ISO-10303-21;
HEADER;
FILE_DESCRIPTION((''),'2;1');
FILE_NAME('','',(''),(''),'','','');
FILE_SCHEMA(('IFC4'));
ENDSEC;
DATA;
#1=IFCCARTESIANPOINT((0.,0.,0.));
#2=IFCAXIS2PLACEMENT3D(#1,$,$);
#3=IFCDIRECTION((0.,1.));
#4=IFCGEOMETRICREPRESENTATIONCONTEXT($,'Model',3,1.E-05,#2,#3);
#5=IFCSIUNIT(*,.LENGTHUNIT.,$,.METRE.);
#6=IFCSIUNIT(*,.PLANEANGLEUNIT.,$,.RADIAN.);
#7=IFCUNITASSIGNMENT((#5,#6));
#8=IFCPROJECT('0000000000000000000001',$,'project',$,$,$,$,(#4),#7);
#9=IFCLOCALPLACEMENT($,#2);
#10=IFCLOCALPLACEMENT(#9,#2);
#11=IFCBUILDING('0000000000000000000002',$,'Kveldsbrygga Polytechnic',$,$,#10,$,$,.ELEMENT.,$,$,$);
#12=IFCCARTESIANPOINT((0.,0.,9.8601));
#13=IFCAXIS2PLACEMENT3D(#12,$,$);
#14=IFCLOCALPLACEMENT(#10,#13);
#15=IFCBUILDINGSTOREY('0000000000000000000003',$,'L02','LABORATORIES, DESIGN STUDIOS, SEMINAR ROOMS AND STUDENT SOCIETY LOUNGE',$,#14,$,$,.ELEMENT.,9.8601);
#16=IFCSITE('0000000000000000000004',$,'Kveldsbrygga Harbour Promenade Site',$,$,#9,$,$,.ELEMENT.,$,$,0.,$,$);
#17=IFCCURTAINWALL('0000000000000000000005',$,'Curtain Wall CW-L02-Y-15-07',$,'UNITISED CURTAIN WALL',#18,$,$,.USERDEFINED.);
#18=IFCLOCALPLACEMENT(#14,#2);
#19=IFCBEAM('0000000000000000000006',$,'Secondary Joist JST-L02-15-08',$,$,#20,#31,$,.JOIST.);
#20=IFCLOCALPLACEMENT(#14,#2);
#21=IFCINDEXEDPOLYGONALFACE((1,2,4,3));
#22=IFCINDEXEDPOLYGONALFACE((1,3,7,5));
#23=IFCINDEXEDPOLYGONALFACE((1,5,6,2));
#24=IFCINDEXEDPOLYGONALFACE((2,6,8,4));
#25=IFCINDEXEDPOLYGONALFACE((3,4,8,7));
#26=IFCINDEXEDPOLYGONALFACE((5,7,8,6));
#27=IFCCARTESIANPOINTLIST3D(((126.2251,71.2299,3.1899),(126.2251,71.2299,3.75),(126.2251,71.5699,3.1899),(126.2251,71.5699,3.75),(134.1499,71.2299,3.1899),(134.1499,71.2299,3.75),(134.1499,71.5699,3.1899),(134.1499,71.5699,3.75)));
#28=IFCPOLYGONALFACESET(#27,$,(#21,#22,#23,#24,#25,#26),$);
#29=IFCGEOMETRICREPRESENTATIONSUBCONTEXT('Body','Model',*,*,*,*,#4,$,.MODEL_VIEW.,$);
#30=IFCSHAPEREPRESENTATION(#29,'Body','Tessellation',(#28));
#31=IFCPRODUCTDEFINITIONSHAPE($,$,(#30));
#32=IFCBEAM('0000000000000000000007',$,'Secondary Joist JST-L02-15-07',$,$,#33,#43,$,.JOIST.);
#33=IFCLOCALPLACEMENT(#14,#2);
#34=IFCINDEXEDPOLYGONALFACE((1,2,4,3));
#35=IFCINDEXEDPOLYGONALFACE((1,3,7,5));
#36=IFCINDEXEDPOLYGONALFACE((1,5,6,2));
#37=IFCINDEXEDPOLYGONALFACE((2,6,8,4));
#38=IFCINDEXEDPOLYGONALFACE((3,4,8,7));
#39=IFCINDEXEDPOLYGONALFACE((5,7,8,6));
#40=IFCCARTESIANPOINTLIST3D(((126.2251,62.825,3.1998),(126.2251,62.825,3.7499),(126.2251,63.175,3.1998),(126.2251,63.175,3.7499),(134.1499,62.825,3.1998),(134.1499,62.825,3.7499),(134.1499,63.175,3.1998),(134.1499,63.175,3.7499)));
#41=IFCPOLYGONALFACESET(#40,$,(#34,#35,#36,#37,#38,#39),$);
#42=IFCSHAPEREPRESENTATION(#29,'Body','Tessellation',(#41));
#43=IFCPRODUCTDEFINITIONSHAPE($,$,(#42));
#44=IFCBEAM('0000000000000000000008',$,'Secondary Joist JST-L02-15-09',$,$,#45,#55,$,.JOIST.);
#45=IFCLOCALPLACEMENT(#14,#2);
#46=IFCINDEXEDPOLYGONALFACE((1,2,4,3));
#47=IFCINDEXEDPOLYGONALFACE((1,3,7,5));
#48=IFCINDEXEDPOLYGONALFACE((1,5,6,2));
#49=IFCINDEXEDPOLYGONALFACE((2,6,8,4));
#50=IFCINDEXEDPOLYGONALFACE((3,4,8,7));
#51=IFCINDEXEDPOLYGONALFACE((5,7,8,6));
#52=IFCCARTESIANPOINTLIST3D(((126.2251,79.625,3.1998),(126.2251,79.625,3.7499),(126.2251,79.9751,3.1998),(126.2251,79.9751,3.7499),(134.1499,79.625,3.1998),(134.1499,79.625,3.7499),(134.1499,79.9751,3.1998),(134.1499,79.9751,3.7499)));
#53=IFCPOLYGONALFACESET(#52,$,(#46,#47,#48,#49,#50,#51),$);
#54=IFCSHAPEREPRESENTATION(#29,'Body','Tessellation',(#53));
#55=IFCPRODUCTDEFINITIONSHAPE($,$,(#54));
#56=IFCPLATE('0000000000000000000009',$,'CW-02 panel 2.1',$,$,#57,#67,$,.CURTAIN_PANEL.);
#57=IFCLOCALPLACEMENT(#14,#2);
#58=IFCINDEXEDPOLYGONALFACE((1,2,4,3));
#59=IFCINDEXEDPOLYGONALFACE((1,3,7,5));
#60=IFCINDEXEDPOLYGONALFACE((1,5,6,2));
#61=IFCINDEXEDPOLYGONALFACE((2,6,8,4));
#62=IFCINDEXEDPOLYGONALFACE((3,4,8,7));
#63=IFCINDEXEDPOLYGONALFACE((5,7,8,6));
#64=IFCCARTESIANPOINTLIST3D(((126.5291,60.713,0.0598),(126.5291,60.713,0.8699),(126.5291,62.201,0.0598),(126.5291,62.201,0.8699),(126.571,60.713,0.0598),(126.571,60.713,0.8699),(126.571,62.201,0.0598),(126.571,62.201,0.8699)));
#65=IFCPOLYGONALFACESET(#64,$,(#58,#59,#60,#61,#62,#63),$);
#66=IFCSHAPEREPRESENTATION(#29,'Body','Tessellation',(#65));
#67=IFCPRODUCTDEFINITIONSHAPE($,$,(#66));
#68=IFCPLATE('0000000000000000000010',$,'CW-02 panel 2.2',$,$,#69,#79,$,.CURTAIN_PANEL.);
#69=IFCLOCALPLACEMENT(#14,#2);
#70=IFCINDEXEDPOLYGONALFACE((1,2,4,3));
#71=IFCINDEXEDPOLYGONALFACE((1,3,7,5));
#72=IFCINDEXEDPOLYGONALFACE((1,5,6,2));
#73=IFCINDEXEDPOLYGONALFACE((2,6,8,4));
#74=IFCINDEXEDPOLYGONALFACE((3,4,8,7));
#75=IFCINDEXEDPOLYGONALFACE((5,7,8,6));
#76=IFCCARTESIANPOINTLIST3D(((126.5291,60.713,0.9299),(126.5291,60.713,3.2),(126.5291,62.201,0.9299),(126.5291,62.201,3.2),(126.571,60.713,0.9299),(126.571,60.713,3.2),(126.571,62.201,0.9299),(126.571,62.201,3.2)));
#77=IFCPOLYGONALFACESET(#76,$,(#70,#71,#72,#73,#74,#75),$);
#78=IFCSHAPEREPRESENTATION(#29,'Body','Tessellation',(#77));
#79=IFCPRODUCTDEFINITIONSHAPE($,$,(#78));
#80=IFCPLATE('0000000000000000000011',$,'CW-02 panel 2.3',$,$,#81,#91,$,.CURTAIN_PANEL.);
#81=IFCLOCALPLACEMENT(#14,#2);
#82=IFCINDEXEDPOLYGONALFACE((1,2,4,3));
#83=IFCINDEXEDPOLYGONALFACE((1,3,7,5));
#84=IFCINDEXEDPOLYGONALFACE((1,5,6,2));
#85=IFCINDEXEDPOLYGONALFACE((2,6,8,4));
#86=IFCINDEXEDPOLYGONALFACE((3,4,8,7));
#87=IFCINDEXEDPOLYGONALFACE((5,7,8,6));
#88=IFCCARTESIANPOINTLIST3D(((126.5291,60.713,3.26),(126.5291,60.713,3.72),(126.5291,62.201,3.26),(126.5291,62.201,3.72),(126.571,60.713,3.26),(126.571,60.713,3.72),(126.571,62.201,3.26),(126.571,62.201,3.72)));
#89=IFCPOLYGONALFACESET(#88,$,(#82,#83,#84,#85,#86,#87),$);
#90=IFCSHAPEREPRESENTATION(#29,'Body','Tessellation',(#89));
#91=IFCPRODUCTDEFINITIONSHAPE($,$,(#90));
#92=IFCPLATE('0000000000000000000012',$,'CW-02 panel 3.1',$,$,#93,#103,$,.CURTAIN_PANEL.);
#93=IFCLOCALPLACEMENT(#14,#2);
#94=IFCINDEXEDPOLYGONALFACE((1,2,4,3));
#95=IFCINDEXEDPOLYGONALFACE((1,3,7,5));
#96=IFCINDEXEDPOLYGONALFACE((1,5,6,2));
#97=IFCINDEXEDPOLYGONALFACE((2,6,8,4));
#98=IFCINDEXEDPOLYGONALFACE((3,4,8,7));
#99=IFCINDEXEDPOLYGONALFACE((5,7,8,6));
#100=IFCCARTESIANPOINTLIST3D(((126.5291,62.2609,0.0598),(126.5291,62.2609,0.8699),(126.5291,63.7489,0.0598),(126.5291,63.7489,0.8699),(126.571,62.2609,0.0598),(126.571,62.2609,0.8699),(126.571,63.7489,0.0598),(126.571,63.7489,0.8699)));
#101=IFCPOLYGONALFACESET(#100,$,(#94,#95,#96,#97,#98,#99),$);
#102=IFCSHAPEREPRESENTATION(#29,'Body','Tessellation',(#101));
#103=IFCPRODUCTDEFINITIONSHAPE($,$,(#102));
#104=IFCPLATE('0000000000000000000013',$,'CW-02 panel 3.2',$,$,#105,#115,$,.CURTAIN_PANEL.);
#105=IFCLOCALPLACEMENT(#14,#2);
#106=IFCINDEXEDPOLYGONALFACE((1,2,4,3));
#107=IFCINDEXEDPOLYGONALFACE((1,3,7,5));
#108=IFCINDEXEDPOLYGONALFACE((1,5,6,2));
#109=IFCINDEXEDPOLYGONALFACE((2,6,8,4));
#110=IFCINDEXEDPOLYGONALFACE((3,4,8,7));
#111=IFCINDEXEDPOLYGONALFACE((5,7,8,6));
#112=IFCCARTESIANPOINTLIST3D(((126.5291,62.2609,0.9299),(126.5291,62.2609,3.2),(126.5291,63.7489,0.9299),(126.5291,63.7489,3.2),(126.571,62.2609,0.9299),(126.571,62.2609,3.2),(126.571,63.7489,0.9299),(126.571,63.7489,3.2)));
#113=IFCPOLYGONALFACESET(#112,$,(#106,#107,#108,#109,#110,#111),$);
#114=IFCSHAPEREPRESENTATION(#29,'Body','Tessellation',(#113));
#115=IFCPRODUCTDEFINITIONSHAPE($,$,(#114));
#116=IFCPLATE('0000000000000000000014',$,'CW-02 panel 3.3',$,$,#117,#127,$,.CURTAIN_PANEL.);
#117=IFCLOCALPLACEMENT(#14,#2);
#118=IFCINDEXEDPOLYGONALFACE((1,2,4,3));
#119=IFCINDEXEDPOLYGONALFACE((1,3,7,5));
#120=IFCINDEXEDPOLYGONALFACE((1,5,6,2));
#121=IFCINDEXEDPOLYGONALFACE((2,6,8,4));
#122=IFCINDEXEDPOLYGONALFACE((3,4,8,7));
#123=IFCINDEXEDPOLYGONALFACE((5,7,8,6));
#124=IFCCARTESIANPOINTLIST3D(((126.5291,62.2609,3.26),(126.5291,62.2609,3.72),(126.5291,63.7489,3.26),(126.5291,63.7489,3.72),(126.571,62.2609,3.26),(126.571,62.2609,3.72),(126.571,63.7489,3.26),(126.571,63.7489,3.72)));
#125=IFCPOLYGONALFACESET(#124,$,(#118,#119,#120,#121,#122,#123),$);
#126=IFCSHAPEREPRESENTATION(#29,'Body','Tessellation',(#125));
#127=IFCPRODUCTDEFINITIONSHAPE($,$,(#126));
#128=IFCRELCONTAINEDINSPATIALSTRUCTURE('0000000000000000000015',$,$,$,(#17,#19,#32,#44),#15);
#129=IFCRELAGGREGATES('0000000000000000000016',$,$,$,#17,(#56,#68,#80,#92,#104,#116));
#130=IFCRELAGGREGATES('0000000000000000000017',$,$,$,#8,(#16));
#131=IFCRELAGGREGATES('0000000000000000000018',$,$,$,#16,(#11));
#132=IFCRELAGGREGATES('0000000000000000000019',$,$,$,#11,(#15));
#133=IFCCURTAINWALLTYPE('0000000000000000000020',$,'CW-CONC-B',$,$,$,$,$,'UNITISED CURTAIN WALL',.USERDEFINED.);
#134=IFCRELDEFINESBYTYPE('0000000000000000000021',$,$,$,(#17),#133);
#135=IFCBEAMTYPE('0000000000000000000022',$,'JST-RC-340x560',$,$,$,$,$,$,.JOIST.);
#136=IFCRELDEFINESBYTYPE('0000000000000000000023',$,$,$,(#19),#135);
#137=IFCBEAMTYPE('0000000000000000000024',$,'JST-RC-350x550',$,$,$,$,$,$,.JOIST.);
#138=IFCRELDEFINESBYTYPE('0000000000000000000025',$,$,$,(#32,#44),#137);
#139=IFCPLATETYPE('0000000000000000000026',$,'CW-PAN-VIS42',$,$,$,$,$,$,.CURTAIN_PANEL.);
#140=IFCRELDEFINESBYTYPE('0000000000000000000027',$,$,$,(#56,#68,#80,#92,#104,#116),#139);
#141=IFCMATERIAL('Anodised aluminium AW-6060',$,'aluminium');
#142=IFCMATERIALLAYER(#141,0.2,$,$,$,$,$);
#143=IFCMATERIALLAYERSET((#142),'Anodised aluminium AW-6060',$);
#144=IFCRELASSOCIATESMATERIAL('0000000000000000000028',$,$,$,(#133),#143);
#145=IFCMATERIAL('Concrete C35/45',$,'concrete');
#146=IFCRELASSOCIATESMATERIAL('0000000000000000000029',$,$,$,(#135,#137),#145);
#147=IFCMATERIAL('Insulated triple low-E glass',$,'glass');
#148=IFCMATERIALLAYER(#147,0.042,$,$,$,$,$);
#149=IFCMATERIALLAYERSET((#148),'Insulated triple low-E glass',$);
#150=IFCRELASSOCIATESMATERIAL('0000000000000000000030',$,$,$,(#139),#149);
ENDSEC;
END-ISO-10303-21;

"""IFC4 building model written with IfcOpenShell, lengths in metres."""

from ifc_helpers import new_model, si_unit, direction, frame, origin, origin_2d, place, context, subcontext, project, spatial, rectangle, extrude, material, layer, layer_set, material_profile, profile_set, type_object, element, aggregate, save


model = new_model("IFC4")

# Units and contexts
model_context = context("Model", 3, precision=1e-05, world=origin(), true_north=direction((0.0, 1.0)))
body_context = subcontext(model_context, "Body", "Model", "MODEL_VIEW")
ifc_project = project(units=[si_unit("LENGTHUNIT", "METRE"), si_unit("PLANEANGLEUNIT", "RADIAN")], contexts=[model_context])

# Site, building, storey
site_placement = place(None, origin())
site = spatial("IfcSite", under=ifc_project, at=site_placement, Name="Kveldsbrygga Harbour Promenade Site", CompositionType="ELEMENT", RefElevation=0.0)
building_placement = place(site_placement, origin())
building = spatial("IfcBuilding", under=site, at=building_placement, Name="Kveldsbrygga Polytechnic", CompositionType="ELEMENT")
storey_placement = place(building_placement, frame((0.0, 0.0, 9.8601)))
storey = spatial("IfcBuildingStorey", under=building, at=storey_placement, Name="L02", Description="LABORATORIES, DESIGN STUDIOS, SEMINAR ROOMS AND STUDENT SOCIETY LOUNGE", CompositionType="ELEMENT", Elevation=9.8601)

# Shared definitions
ifc_material_1 = material(Name="Concrete C35/45", Category="concrete")

# Curtain wall
ifc_material_2 = material(Name="Anodised aluminium AW-6060", Category="aluminium")
ifc_layer_1 = layer(ifc_material_2, 0.2)
ifc_layer_set_1 = layer_set([ifc_layer_1], Name="Anodised aluminium AW-6060")
curtain_wall_type = type_object("IfcCurtainWallType", Name="CW-CONC-B", ElementType="UNITISED CURTAIN WALL", PredefinedType="USERDEFINED", material=ifc_layer_set_1)
curtain_wall_placement = place(storey_placement, origin())
curtain_wall = element("IfcCurtainWall", 1, at=curtain_wall_placement, inside=storey, type_object=curtain_wall_type, Name="Curtain Wall CW-L02-Y-15-07", ObjectType="UNITISED CURTAIN WALL", PredefinedType="USERDEFINED")

# Beams
ifc_material_profile_1 = material_profile(ifc_material_1, rectangle(XDim=0.3401, YDim=0.5601, at=origin_2d()), Name="RC 340x560")
ifc_profile_set_1 = profile_set([ifc_material_profile_1], Name="Concrete C35/45")
beam_type_1 = type_object("IfcBeamType", Name="JST-RC-340x560", PredefinedType="JOIST", material=ifc_profile_set_1)
beam_1_placement = place(storey_placement, frame((126.2251, 71.3999, 3.47), z_axis=(1.0, 0.0, 0.0), x_axis=(0.0, 1.0, 0.0)))
element("IfcBeam", 2, at=beam_1_placement, inside=storey, type_object=beam_type_1, Name="Secondary Joist JST-L02-15-08", PredefinedType="JOIST", context=body_context, shape_type="SweptSolid", body=[
    extrude(rectangle(XDim=0.3401, YDim=0.5601, at=origin_2d()), origin(), (0.0, 0.0, 1.0), 7.9248),
])
ifc_material_profile_2 = material_profile(ifc_material_1, rectangle(XDim=0.3501, YDim=0.55, at=origin_2d()), Name="RC 350x550")
ifc_profile_set_2 = profile_set([ifc_material_profile_2], Name="Concrete C35/45")
beam_type_2 = type_object("IfcBeamType", Name="JST-RC-350x550", PredefinedType="JOIST", material=ifc_profile_set_2)
for number, where, z_axis, x_axis, name in (
    (3, (126.2251, 63.0, 3.4749), (1.0, 0.0, 0.0), (0.0, 1.0, 0.0), "Secondary Joist JST-L02-15-07"),
    (4, (126.2251, 79.8, 3.4749), (1.0, 0.0, 0.0), (0.0, 1.0, 0.0), "Secondary Joist JST-L02-15-09"),
):
    element("IfcBeam", number, at=place(storey_placement, frame(where, z_axis=z_axis, x_axis=x_axis)), inside=storey, type_object=beam_type_2, Name=name, PredefinedType="JOIST", context=body_context, shape_type="SweptSolid", body=[
        extrude(rectangle(XDim=0.3501, YDim=0.55, at=origin_2d()), origin(), (0.0, 0.0, 1.0), 7.9248),
    ])

# Plates
ifc_material_3 = material(Name="Insulated triple low-E glass", Category="glass")
ifc_layer_2 = layer(ifc_material_3, 0.042)
ifc_layer_set_2 = layer_set([ifc_layer_2], Name="Insulated triple low-E glass")
plate_type = type_object("IfcPlateType", Name="CW-PAN-VIS42", PredefinedType="CURTAIN_PANEL", material=ifc_layer_set_2)
plate_1_placement = place(storey_placement, frame((126.55, 61.457, 0.0598), z_axis=(0.0, 0.0, 1.0), x_axis=(0.0, 1.0, 0.0)))
plate_1 = element("IfcPlate", 5, at=plate_1_placement, type_object=plate_type, Name="CW-02 panel 2.1", PredefinedType="CURTAIN_PANEL", context=body_context, shape_type="SweptSolid", body=[
    extrude(rectangle(XDim=1.488, YDim=0.042, at=origin_2d()), origin(), (0.0, 0.0, 1.0), 0.8101),
])
plate_2_placement = place(storey_placement, frame((126.55, 61.457, 0.9299), z_axis=(0.0, 0.0, 1.0), x_axis=(0.0, 1.0, 0.0)))
plate_2 = element("IfcPlate", 6, at=plate_2_placement, type_object=plate_type, Name="CW-02 panel 2.2", PredefinedType="CURTAIN_PANEL", context=body_context, shape_type="SweptSolid", body=[
    extrude(rectangle(XDim=1.488, YDim=0.042, at=origin_2d()), origin(), (0.0, 0.0, 1.0), 2.27),
])
plate_3_placement = place(storey_placement, frame((126.55, 61.457, 3.26), z_axis=(0.0, 0.0, 1.0), x_axis=(0.0, 1.0, 0.0)))
plate_3 = element("IfcPlate", 7, at=plate_3_placement, type_object=plate_type, Name="CW-02 panel 2.3", PredefinedType="CURTAIN_PANEL", context=body_context, shape_type="SweptSolid", body=[
    extrude(rectangle(XDim=1.488, YDim=0.042, at=origin_2d()), origin(), (0.0, 0.0, 1.0), 0.46),
])
plate_4_placement = place(storey_placement, frame((126.55, 63.0049, 0.0598), z_axis=(0.0, 0.0, 1.0), x_axis=(0.0, 1.0, 0.0)))
plate_4 = element("IfcPlate", 8, at=plate_4_placement, type_object=plate_type, Name="CW-02 panel 3.1", PredefinedType="CURTAIN_PANEL", context=body_context, shape_type="SweptSolid", body=[
    extrude(rectangle(XDim=1.488, YDim=0.042, at=origin_2d()), origin(), (0.0, 0.0, 1.0), 0.8101),
])
plate_5_placement = place(storey_placement, frame((126.55, 63.0049, 0.9299), z_axis=(0.0, 0.0, 1.0), x_axis=(0.0, 1.0, 0.0)))
plate_5 = element("IfcPlate", 9, at=plate_5_placement, type_object=plate_type, Name="CW-02 panel 3.2", PredefinedType="CURTAIN_PANEL", context=body_context, shape_type="SweptSolid", body=[
    extrude(rectangle(XDim=1.488, YDim=0.042, at=origin_2d()), origin(), (0.0, 0.0, 1.0), 2.27),
])
plate_6_placement = place(storey_placement, frame((126.55, 63.0049, 3.26), z_axis=(0.0, 0.0, 1.0), x_axis=(0.0, 1.0, 0.0)))
plate_6 = element("IfcPlate", 10, at=plate_6_placement, type_object=plate_type, Name="CW-02 panel 3.3", PredefinedType="CURTAIN_PANEL", context=body_context, shape_type="SweptSolid", body=[
    extrude(rectangle(XDim=1.488, YDim=0.042, at=origin_2d()), origin(), (0.0, 0.0, 1.0), 0.46),
])
aggregate(curtain_wall, [plate_1, plate_2, plate_3, plate_4, plate_5, plate_6])

save(model, "model.ifc")
